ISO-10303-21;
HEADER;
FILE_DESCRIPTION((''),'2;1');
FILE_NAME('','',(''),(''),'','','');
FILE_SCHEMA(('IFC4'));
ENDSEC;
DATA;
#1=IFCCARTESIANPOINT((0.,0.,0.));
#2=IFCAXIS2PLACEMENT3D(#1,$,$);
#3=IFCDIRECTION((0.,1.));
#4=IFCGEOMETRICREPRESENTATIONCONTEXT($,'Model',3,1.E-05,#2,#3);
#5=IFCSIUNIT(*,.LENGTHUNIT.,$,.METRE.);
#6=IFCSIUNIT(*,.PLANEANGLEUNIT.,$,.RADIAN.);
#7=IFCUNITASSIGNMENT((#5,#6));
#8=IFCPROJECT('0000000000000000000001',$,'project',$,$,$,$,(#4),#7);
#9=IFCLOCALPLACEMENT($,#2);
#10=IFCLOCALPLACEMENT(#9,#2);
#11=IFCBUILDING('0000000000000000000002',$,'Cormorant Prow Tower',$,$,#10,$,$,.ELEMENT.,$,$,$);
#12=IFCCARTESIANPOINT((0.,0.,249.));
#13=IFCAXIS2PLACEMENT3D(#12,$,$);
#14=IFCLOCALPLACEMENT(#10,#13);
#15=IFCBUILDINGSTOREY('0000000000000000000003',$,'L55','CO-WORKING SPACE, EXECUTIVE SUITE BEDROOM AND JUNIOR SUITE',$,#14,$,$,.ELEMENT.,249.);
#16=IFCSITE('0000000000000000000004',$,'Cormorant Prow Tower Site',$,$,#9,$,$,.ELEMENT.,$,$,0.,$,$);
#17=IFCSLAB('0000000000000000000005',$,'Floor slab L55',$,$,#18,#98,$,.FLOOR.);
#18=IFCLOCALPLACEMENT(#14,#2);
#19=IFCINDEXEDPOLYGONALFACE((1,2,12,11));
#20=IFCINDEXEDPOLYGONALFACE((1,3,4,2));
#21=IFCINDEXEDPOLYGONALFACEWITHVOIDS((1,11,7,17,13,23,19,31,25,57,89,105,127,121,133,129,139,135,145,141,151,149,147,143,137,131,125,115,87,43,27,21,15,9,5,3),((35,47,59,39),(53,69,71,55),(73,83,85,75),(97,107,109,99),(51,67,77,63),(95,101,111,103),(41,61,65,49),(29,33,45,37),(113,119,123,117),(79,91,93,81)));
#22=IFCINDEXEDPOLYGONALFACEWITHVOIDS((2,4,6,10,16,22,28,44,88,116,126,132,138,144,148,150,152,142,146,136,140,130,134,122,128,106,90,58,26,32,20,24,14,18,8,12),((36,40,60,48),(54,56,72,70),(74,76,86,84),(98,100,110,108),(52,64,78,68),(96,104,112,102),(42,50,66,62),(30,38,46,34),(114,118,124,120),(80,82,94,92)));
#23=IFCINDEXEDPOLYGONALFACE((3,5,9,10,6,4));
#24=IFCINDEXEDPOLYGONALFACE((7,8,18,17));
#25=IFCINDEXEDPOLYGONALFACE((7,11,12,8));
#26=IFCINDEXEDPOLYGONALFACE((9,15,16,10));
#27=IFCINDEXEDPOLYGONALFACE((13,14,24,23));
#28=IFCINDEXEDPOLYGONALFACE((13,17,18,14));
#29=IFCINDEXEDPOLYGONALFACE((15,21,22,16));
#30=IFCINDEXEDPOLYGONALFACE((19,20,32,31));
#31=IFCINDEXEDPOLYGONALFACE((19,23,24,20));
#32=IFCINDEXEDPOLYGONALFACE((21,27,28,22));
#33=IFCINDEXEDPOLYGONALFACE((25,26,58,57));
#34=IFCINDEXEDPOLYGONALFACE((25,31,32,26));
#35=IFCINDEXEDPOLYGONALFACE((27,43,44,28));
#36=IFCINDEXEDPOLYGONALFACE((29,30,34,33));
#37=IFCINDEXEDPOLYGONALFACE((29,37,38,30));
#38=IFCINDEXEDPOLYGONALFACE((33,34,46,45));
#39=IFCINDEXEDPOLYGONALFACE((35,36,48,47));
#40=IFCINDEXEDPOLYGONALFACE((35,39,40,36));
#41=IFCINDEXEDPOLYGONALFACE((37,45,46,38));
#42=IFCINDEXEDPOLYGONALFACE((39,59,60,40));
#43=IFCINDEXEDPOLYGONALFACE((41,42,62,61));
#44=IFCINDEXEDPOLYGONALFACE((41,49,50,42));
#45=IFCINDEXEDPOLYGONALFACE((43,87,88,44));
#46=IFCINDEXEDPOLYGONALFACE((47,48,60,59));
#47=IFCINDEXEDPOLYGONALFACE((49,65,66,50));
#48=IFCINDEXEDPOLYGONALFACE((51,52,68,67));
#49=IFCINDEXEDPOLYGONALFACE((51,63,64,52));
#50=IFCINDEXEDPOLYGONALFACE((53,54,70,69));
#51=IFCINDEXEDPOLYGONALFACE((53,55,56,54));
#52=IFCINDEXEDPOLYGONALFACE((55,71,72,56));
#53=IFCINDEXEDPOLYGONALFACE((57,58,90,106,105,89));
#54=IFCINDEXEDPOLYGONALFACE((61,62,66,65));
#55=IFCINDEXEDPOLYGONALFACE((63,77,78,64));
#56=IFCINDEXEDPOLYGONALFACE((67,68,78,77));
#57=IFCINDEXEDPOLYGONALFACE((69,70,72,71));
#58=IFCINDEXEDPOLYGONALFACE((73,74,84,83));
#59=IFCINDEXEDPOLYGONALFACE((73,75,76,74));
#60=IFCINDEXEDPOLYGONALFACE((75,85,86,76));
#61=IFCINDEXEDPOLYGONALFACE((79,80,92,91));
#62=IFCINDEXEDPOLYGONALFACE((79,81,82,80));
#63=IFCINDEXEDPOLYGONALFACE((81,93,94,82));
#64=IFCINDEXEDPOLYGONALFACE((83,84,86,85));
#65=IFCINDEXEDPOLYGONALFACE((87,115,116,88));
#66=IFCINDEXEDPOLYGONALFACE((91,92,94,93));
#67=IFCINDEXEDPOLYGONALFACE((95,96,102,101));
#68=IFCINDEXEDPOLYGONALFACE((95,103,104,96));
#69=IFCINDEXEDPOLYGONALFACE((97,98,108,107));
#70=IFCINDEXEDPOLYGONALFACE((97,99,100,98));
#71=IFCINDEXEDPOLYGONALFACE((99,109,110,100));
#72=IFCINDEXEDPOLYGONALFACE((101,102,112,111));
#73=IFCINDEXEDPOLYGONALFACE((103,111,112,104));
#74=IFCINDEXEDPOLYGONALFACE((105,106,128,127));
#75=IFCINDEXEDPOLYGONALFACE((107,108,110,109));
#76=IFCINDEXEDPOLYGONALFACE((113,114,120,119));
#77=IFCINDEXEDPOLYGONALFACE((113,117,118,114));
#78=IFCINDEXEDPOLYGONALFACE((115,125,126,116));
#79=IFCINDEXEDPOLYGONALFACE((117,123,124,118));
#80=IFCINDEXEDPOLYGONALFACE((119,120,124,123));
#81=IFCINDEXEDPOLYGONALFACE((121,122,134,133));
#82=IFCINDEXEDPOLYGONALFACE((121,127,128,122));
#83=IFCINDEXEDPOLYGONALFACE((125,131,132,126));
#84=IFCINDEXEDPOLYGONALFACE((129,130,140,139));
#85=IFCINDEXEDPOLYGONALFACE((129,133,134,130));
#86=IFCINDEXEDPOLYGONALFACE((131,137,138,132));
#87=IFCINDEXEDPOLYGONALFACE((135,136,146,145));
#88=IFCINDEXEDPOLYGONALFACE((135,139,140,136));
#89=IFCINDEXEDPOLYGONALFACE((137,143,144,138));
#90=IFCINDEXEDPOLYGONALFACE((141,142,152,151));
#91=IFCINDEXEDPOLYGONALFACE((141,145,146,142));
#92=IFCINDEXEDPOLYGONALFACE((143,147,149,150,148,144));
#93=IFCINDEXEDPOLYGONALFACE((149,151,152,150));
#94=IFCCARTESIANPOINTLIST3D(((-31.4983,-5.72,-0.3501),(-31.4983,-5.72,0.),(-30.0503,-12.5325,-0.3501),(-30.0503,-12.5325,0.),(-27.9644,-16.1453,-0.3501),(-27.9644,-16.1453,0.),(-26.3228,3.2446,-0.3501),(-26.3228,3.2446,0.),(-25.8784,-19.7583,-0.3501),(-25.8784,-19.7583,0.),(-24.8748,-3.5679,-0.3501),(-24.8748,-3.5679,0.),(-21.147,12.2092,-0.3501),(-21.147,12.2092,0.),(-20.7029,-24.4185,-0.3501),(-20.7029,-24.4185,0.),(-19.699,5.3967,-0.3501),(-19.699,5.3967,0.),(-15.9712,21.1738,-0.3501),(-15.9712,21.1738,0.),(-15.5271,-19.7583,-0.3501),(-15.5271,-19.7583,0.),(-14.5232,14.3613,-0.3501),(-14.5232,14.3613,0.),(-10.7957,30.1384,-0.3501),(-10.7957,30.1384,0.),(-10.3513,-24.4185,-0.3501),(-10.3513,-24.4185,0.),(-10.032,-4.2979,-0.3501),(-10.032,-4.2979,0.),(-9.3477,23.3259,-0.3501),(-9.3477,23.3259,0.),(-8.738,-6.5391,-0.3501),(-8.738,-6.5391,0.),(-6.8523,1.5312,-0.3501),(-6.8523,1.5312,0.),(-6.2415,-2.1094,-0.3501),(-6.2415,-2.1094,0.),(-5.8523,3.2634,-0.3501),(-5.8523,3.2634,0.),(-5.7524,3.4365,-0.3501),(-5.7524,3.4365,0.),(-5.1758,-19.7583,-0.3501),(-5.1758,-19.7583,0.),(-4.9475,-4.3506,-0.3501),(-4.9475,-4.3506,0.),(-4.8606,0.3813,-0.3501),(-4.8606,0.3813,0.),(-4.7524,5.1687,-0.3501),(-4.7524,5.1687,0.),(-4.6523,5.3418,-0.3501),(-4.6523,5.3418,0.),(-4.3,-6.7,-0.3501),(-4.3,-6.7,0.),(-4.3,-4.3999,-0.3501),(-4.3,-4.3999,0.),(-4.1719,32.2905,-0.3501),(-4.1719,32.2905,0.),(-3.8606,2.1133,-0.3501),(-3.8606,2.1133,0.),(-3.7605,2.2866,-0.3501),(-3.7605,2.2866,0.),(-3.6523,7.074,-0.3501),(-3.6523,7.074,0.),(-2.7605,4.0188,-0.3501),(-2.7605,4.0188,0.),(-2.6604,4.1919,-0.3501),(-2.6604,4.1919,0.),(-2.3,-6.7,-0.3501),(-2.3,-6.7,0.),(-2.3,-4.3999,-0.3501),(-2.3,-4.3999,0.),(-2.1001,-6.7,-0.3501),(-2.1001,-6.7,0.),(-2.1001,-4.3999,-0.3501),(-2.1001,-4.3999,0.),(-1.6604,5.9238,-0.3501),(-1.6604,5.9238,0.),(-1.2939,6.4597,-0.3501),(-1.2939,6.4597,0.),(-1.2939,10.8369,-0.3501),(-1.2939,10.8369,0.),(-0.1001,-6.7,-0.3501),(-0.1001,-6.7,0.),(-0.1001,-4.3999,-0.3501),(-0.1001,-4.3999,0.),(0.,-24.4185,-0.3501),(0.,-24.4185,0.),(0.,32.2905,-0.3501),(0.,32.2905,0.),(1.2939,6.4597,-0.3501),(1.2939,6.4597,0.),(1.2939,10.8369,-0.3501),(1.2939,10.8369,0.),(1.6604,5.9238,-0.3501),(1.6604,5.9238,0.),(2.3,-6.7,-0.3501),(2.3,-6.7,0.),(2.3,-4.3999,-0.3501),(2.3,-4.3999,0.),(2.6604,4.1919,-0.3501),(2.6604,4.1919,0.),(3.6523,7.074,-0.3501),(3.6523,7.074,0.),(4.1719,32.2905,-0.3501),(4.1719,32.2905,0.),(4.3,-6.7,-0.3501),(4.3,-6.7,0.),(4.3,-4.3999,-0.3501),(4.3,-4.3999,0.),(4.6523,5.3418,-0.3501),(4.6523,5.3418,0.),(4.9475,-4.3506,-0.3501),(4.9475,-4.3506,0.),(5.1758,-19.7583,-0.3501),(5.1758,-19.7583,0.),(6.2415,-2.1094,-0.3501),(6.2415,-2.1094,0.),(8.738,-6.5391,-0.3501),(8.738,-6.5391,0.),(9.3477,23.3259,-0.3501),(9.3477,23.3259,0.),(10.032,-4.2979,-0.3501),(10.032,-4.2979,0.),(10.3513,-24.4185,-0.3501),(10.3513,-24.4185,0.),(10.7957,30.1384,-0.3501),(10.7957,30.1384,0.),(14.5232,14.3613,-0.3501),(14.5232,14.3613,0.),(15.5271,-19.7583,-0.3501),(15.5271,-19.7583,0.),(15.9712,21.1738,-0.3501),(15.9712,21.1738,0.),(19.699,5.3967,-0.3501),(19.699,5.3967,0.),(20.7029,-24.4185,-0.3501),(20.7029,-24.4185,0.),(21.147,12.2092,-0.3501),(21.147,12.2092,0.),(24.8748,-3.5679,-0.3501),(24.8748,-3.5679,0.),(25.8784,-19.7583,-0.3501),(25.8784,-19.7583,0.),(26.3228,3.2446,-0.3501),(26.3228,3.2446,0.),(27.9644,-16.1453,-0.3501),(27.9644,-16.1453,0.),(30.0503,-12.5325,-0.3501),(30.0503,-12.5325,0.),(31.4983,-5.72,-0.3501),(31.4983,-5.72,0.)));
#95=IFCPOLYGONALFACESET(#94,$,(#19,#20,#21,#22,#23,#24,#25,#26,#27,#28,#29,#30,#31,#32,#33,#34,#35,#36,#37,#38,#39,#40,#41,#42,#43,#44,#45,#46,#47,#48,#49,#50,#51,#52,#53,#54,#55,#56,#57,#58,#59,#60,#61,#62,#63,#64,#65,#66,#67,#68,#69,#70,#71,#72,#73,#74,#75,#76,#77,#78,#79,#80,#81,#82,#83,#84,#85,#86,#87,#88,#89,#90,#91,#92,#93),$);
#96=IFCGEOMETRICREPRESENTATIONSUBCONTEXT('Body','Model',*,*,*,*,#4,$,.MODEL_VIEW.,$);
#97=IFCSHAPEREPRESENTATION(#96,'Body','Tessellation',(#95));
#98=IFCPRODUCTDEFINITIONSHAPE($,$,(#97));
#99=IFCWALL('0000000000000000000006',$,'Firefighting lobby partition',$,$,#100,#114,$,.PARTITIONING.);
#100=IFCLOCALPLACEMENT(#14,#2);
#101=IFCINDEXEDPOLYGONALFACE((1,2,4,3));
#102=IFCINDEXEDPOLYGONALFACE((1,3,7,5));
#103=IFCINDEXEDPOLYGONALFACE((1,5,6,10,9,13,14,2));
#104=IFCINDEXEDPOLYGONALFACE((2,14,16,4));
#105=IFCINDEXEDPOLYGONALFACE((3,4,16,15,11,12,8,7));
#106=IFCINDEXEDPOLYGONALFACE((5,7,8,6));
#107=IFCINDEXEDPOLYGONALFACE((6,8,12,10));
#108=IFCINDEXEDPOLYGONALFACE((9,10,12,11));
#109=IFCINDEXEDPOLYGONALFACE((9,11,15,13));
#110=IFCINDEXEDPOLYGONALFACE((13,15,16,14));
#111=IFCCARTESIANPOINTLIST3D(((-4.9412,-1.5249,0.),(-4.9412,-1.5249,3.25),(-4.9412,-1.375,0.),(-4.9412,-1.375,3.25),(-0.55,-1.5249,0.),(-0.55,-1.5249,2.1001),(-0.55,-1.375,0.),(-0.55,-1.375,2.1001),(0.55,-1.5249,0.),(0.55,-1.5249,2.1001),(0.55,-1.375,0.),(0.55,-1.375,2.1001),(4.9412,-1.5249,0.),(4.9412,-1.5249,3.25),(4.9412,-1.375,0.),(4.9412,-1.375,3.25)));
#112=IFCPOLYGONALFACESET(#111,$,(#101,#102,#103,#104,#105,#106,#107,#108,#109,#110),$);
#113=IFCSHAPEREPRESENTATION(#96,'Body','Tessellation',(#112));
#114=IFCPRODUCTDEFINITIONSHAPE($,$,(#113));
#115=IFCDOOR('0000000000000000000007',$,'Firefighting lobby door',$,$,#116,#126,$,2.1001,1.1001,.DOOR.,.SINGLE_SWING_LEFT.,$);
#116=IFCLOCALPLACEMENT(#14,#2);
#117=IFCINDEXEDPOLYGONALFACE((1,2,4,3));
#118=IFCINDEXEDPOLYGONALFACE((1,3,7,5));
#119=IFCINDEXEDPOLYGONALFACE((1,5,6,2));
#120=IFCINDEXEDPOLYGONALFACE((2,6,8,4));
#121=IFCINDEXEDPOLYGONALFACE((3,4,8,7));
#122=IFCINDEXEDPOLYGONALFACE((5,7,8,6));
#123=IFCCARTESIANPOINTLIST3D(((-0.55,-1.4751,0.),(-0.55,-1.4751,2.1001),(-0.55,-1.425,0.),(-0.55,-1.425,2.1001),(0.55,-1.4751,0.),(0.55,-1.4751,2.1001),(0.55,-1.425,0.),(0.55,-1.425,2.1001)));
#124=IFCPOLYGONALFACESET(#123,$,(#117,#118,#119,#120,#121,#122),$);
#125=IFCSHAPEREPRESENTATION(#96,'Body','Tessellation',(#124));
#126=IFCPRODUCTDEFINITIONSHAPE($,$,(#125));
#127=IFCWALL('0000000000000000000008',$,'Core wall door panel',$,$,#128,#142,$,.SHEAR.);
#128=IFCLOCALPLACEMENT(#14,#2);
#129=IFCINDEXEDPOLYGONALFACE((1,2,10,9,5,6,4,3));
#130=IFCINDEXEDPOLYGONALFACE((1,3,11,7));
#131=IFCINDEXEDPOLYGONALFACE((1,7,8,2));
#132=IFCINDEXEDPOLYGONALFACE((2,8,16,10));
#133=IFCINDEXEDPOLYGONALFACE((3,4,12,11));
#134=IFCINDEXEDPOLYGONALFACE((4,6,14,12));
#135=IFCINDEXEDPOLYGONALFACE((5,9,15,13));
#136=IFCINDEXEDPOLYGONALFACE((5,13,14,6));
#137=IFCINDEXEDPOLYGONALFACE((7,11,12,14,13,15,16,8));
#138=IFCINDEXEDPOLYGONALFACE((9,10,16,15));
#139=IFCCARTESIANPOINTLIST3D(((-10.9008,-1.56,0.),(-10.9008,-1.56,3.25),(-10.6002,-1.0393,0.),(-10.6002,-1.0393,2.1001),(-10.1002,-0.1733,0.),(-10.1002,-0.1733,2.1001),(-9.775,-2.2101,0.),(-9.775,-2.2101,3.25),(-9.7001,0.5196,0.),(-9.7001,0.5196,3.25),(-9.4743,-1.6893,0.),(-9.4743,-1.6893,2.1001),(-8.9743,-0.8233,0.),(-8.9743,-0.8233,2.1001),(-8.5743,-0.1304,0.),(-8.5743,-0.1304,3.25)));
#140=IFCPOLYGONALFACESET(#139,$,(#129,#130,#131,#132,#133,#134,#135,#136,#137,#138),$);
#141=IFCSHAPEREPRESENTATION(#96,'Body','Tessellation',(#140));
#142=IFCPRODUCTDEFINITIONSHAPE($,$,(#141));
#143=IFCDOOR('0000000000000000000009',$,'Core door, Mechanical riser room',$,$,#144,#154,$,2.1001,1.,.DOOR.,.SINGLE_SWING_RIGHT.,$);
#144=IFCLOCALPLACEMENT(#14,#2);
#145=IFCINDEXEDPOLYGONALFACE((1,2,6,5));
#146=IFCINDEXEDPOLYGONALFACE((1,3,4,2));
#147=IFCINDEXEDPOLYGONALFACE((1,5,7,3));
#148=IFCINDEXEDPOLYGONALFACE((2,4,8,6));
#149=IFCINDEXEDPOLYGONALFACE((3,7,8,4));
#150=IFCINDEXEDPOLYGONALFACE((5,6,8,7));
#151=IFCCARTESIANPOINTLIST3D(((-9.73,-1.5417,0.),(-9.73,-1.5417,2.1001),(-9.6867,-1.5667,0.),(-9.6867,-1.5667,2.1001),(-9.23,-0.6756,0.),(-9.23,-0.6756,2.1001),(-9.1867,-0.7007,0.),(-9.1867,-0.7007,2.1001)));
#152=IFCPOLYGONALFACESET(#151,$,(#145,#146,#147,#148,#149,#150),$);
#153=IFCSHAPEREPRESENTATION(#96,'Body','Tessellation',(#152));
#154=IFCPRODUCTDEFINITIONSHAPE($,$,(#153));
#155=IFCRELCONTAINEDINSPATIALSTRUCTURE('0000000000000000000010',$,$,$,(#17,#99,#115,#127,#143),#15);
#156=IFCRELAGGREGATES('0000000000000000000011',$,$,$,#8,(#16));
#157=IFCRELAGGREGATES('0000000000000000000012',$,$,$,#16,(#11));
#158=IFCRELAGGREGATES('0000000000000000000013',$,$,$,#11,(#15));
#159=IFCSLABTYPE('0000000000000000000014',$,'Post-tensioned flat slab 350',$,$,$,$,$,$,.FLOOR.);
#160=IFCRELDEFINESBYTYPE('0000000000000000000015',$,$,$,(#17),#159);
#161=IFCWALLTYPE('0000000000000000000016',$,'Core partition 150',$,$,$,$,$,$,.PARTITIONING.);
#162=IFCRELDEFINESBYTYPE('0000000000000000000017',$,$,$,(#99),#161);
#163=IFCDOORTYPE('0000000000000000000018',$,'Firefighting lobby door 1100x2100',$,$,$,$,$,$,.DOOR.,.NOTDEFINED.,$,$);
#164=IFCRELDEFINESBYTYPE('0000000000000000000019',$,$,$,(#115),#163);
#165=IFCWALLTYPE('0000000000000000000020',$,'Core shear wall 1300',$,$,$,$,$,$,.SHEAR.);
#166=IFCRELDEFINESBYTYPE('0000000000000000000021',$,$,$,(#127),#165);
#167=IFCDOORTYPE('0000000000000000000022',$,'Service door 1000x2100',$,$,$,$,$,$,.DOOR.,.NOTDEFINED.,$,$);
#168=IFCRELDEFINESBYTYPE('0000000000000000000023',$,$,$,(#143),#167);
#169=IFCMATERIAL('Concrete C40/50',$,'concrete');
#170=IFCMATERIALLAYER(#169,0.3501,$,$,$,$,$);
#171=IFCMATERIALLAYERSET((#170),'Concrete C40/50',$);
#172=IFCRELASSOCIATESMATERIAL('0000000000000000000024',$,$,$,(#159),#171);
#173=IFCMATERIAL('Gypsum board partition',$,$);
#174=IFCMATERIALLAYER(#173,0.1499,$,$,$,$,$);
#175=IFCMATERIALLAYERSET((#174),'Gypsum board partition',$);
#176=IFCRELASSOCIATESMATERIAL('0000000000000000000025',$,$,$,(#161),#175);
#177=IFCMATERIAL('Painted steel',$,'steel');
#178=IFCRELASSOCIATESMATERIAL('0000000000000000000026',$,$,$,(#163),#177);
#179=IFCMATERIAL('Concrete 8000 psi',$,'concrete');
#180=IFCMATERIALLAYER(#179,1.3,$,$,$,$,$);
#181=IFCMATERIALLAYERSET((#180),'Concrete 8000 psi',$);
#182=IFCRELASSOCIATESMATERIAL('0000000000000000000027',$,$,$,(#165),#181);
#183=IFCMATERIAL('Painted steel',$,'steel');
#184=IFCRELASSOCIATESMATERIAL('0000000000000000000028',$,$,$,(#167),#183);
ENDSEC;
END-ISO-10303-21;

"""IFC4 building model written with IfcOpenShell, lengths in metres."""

from ifc_helpers import new_model, si_unit, direction, frame, frame_2d, origin, place, context, subcontext, project, spatial, polyline, rectangle, outline, extrude, material, layer, layer_set, type_object, element, fill, save


model = new_model("IFC4")

# Units and contexts
model_context = context("Model", 3, precision=1e-05, world=origin(), true_north=direction((0.0, 1.0)))
body_context = subcontext(model_context, "Body", "Model", "MODEL_VIEW")
ifc_project = project(units=[si_unit("LENGTHUNIT", "METRE"), si_unit("PLANEANGLEUNIT", "RADIAN")], contexts=[model_context])

# Site, building, storey
site_placement = place(None, origin())
site = spatial("IfcSite", under=ifc_project, at=site_placement, Name="Cormorant Prow Tower Site", CompositionType="ELEMENT", RefElevation=0.0)
building_placement = place(site_placement, origin())
building = spatial("IfcBuilding", under=site, at=building_placement, Name="Cormorant Prow Tower", CompositionType="ELEMENT")
storey_placement = place(building_placement, frame((0.0, 0.0, 249.0)))
storey = spatial("IfcBuildingStorey", under=building, at=storey_placement, Name="L55", Description="CO-WORKING SPACE, EXECUTIVE SUITE BEDROOM AND JUNIOR SUITE", CompositionType="ELEMENT", Elevation=249.0)

# Slab
ifc_material_1 = material(Name="Concrete C40/50", Category="concrete")
ifc_layer_1 = layer(ifc_material_1, 0.3501)
ifc_layer_set_1 = layer_set([ifc_layer_1], Name="Concrete C40/50")
slab_type_1 = type_object("IfcSlabType", Name="Post-tensioned flat slab 350", PredefinedType="FLOOR", material=ifc_layer_set_1)
slab_1_placement = place(storey_placement, frame((0.0, 0.0, -0.3501)))
element("IfcSlab", 1, at=slab_1_placement, inside=storey, type_object=slab_type_1, Name="Floor slab L55", PredefinedType="FLOOR", context=body_context, shape_type="SweptSolid", body=[
    extrude(outline(polyline([(-9.3477, 23.3259), (-15.9712, 21.1738), (-14.5232, 14.3613), (-21.147, 12.2092), (-19.699, 5.3967), (-26.3228, 3.2446), (-24.8748, -3.5679), (-31.4983, -5.72), (-30.0503, -12.5325), (-27.9644, -16.1453), (-25.8784, -19.7583), (-20.7029, -24.4185), (-15.5271, -19.7583), (-10.3513, -24.4185), (-5.1758, -19.7583), (0.0, -24.4185), (5.1758, -19.7583), (10.3513, -24.4185), (15.5271, -19.7583), (20.7029, -24.4185), (25.8784, -19.7583), (27.9644, -16.1453), (30.0503, -12.5325), (31.4983, -5.72), (24.8748, -3.5679), (26.3228, 3.2446), (19.699, 5.3967), (21.147, 12.2092), (14.5232, 14.3613), (15.9712, 21.1738), (9.3477, 23.3259), (10.7957, 30.1384), (4.1719, 32.2905), (0.0, 32.2905), (-4.1719, 32.2905), (-10.7957, 30.1384), (-9.3477, 23.3259)]), holes=[polyline([(-4.3, -4.3999), (-2.3, -4.3999), (-2.3, -6.7), (-4.3, -6.7), (-4.3, -4.3999)]), polyline([(-0.1001, -4.3999), (-0.1001, -6.7), (-2.1001, -6.7), (-2.1001, -4.3999), (-0.1001, -4.3999)]), polyline([(4.3, -6.7), (2.3, -6.7), (2.3, -4.3999), (4.3, -4.3999), (4.3, -6.7)]), polyline([(4.6523, 5.3418), (2.6604, 4.1919), (1.6604, 5.9238), (3.6523, 7.074), (4.6523, 5.3418)]), polyline([(-1.6604, 5.9238), (-2.6604, 4.1919), (-4.6523, 5.3418), (-3.6523, 7.074), (-1.6604, 5.9238)]), polyline([(-3.7605, 2.2866), (-5.7524, 3.4365), (-4.7524, 5.1687), (-2.7605, 4.0188), (-3.7605, 2.2866)]), polyline([(-6.8523, 1.5312), (-5.8523, 3.2634), (-3.8606, 2.1133), (-4.8606, 0.3813), (-6.8523, 1.5312)]), polyline([(-4.9475, -4.3506), (-8.738, -6.5391), (-10.032, -4.2979), (-6.2415, -2.1094), (-4.9475, -4.3506)]), polyline([(10.032, -4.2979), (8.738, -6.5391), (4.9475, -4.3506), (6.2415, -2.1094), (10.032, -4.2979)]), polyline([(1.2939, 10.8369), (1.2939, 6.4597), (-1.2939, 6.4597), (-1.2939, 10.8369), (1.2939, 10.8369)])]), origin(), (0.0, 0.0, 1.0), 0.3501),
])

# Walls, openings, doors
ifc_material_2 = material(Name="Gypsum board partition")
ifc_layer_2 = layer(ifc_material_2, 0.1499)
ifc_layer_set_2 = layer_set([ifc_layer_2], Name="Gypsum board partition")
wall_type_1 = type_object("IfcWallType", Name="Core partition 150", PredefinedType="PARTITIONING", material=ifc_layer_set_2)
wall_1_placement = place(storey_placement, frame((-4.9412, -1.45, 0.0), z_axis=(0.0, 0.0, 1.0), x_axis=(1.0, 0.0, 0.0)))
wall_1 = element("IfcWall", 2, at=wall_1_placement, inside=storey, type_object=wall_type_1, Name="Firefighting lobby partition", PredefinedType="PARTITIONING", context=body_context, shape_type="SweptSolid", body=[
    extrude(rectangle(XDim=9.8823, YDim=0.1499, at=frame_2d((4.9412, 0.0))), origin(), (0.0, 0.0, 1.0), 3.25),
])
opening_1_placement = place(wall_1_placement, frame((4.3911, 0.0, 0.0)))
opening_1 = element("IfcOpeningElement", 3, at=opening_1_placement, cuts=wall_1, PredefinedType="OPENING", context=body_context, shape_type="SweptSolid", body=[
    extrude(rectangle(XDim=1.1001, YDim=2.1001, at=frame_2d((0.55, 1.05))), frame((0.0, 0.085, 0.0), z_axis=(0.0, -1.0, 0.0), x_axis=(1.0, 0.0, 0.0)), (0.0, 0.0, 1.0), 0.1699),
])
ifc_material_3 = material(Name="Painted steel", Category="steel")
door_type_1 = type_object("IfcDoorType", Name="Firefighting lobby door 1100x2100", OperationType="NOTDEFINED", PredefinedType="DOOR", material=ifc_material_3)
door_1_placement = place(opening_1_placement, origin())
door_1 = element("IfcDoor", 4, at=door_1_placement, inside=storey, type_object=door_type_1, Name="Firefighting lobby door", OperationType="SINGLE_SWING_LEFT", OverallHeight=2.1001, OverallWidth=1.1001, PredefinedType="DOOR", context=body_context, shape_type="SweptSolid", body=[
    extrude(rectangle(XDim=1.1001, YDim=2.1001, at=frame_2d((0.55, 1.05))), frame((0.0, 0.0249, 0.0), z_axis=(0.0, -1.0, 0.0), x_axis=(1.0, 0.0, 0.0)), (0.0, 0.0, 1.0), 0.05),
])
fill(opening_1, door_1)
ifc_material_4 = material(Name="Concrete 8000 psi", Category="concrete")
ifc_layer_3 = layer(ifc_material_4, 1.3)
ifc_layer_set_3 = layer_set([ifc_layer_3], Name="Concrete 8000 psi")
wall_type_2 = type_object("IfcWallType", Name="Core shear wall 1300", PredefinedType="SHEAR", material=ifc_layer_set_3)
wall_2_placement = place(storey_placement, frame((-9.1372, 0.1946, 0.0), z_axis=(0.0, 0.0, 1.0), x_axis=(-0.50001, -0.86602, 0.0)))
wall_2 = element("IfcWall", 5, at=wall_2_placement, inside=storey, type_object=wall_type_2, Name="Core wall door panel", PredefinedType="SHEAR", context=body_context, shape_type="SweptSolid", body=[
    extrude(rectangle(XDim=2.4014, YDim=1.3, at=frame_2d((1.2007, 0.0))), origin(), (0.0, 0.0, 1.0), 3.25),
])
opening_2_placement = place(wall_2_placement, frame((0.8, 0.0, 0.0)))
opening_2 = element("IfcOpeningElement", 6, at=opening_2_placement, cuts=wall_2, PredefinedType="OPENING", context=body_context, shape_type="SweptSolid", body=[
    extrude(rectangle(XDim=1.0, YDim=2.1001, at=frame_2d((0.5, 1.05))), frame((0.0, 0.6599, 0.0), z_axis=(0.0, -1.0, 0.0), x_axis=(1.0, 0.0, 0.0)), (0.0, 0.0, 1.0), 1.3201),
])
ifc_material_5 = material(Name="Painted steel", Category="steel")
door_type_2 = type_object("IfcDoorType", Name="Service door 1000x2100", OperationType="NOTDEFINED", PredefinedType="DOOR", material=ifc_material_5)
door_2_placement = place(opening_2_placement, origin())
door_2 = element("IfcDoor", 7, at=door_2_placement, inside=storey, type_object=door_type_2, Name="Core door, Mechanical riser room", OperationType="SINGLE_SWING_RIGHT", OverallHeight=2.1001, OverallWidth=1.0, PredefinedType="DOOR", context=body_context, shape_type="SweptSolid", body=[
    extrude(rectangle(XDim=1.0, YDim=2.1001, at=frame_2d((0.5, 1.05))), frame((0.0, 0.4048, 0.0), z_axis=(0.0, -1.0, 0.0), x_axis=(1.0, 0.0, 0.0)), (0.0, 0.0, 1.0), 0.05),
])
fill(opening_2, door_2)

save(model, "model.ifc")
